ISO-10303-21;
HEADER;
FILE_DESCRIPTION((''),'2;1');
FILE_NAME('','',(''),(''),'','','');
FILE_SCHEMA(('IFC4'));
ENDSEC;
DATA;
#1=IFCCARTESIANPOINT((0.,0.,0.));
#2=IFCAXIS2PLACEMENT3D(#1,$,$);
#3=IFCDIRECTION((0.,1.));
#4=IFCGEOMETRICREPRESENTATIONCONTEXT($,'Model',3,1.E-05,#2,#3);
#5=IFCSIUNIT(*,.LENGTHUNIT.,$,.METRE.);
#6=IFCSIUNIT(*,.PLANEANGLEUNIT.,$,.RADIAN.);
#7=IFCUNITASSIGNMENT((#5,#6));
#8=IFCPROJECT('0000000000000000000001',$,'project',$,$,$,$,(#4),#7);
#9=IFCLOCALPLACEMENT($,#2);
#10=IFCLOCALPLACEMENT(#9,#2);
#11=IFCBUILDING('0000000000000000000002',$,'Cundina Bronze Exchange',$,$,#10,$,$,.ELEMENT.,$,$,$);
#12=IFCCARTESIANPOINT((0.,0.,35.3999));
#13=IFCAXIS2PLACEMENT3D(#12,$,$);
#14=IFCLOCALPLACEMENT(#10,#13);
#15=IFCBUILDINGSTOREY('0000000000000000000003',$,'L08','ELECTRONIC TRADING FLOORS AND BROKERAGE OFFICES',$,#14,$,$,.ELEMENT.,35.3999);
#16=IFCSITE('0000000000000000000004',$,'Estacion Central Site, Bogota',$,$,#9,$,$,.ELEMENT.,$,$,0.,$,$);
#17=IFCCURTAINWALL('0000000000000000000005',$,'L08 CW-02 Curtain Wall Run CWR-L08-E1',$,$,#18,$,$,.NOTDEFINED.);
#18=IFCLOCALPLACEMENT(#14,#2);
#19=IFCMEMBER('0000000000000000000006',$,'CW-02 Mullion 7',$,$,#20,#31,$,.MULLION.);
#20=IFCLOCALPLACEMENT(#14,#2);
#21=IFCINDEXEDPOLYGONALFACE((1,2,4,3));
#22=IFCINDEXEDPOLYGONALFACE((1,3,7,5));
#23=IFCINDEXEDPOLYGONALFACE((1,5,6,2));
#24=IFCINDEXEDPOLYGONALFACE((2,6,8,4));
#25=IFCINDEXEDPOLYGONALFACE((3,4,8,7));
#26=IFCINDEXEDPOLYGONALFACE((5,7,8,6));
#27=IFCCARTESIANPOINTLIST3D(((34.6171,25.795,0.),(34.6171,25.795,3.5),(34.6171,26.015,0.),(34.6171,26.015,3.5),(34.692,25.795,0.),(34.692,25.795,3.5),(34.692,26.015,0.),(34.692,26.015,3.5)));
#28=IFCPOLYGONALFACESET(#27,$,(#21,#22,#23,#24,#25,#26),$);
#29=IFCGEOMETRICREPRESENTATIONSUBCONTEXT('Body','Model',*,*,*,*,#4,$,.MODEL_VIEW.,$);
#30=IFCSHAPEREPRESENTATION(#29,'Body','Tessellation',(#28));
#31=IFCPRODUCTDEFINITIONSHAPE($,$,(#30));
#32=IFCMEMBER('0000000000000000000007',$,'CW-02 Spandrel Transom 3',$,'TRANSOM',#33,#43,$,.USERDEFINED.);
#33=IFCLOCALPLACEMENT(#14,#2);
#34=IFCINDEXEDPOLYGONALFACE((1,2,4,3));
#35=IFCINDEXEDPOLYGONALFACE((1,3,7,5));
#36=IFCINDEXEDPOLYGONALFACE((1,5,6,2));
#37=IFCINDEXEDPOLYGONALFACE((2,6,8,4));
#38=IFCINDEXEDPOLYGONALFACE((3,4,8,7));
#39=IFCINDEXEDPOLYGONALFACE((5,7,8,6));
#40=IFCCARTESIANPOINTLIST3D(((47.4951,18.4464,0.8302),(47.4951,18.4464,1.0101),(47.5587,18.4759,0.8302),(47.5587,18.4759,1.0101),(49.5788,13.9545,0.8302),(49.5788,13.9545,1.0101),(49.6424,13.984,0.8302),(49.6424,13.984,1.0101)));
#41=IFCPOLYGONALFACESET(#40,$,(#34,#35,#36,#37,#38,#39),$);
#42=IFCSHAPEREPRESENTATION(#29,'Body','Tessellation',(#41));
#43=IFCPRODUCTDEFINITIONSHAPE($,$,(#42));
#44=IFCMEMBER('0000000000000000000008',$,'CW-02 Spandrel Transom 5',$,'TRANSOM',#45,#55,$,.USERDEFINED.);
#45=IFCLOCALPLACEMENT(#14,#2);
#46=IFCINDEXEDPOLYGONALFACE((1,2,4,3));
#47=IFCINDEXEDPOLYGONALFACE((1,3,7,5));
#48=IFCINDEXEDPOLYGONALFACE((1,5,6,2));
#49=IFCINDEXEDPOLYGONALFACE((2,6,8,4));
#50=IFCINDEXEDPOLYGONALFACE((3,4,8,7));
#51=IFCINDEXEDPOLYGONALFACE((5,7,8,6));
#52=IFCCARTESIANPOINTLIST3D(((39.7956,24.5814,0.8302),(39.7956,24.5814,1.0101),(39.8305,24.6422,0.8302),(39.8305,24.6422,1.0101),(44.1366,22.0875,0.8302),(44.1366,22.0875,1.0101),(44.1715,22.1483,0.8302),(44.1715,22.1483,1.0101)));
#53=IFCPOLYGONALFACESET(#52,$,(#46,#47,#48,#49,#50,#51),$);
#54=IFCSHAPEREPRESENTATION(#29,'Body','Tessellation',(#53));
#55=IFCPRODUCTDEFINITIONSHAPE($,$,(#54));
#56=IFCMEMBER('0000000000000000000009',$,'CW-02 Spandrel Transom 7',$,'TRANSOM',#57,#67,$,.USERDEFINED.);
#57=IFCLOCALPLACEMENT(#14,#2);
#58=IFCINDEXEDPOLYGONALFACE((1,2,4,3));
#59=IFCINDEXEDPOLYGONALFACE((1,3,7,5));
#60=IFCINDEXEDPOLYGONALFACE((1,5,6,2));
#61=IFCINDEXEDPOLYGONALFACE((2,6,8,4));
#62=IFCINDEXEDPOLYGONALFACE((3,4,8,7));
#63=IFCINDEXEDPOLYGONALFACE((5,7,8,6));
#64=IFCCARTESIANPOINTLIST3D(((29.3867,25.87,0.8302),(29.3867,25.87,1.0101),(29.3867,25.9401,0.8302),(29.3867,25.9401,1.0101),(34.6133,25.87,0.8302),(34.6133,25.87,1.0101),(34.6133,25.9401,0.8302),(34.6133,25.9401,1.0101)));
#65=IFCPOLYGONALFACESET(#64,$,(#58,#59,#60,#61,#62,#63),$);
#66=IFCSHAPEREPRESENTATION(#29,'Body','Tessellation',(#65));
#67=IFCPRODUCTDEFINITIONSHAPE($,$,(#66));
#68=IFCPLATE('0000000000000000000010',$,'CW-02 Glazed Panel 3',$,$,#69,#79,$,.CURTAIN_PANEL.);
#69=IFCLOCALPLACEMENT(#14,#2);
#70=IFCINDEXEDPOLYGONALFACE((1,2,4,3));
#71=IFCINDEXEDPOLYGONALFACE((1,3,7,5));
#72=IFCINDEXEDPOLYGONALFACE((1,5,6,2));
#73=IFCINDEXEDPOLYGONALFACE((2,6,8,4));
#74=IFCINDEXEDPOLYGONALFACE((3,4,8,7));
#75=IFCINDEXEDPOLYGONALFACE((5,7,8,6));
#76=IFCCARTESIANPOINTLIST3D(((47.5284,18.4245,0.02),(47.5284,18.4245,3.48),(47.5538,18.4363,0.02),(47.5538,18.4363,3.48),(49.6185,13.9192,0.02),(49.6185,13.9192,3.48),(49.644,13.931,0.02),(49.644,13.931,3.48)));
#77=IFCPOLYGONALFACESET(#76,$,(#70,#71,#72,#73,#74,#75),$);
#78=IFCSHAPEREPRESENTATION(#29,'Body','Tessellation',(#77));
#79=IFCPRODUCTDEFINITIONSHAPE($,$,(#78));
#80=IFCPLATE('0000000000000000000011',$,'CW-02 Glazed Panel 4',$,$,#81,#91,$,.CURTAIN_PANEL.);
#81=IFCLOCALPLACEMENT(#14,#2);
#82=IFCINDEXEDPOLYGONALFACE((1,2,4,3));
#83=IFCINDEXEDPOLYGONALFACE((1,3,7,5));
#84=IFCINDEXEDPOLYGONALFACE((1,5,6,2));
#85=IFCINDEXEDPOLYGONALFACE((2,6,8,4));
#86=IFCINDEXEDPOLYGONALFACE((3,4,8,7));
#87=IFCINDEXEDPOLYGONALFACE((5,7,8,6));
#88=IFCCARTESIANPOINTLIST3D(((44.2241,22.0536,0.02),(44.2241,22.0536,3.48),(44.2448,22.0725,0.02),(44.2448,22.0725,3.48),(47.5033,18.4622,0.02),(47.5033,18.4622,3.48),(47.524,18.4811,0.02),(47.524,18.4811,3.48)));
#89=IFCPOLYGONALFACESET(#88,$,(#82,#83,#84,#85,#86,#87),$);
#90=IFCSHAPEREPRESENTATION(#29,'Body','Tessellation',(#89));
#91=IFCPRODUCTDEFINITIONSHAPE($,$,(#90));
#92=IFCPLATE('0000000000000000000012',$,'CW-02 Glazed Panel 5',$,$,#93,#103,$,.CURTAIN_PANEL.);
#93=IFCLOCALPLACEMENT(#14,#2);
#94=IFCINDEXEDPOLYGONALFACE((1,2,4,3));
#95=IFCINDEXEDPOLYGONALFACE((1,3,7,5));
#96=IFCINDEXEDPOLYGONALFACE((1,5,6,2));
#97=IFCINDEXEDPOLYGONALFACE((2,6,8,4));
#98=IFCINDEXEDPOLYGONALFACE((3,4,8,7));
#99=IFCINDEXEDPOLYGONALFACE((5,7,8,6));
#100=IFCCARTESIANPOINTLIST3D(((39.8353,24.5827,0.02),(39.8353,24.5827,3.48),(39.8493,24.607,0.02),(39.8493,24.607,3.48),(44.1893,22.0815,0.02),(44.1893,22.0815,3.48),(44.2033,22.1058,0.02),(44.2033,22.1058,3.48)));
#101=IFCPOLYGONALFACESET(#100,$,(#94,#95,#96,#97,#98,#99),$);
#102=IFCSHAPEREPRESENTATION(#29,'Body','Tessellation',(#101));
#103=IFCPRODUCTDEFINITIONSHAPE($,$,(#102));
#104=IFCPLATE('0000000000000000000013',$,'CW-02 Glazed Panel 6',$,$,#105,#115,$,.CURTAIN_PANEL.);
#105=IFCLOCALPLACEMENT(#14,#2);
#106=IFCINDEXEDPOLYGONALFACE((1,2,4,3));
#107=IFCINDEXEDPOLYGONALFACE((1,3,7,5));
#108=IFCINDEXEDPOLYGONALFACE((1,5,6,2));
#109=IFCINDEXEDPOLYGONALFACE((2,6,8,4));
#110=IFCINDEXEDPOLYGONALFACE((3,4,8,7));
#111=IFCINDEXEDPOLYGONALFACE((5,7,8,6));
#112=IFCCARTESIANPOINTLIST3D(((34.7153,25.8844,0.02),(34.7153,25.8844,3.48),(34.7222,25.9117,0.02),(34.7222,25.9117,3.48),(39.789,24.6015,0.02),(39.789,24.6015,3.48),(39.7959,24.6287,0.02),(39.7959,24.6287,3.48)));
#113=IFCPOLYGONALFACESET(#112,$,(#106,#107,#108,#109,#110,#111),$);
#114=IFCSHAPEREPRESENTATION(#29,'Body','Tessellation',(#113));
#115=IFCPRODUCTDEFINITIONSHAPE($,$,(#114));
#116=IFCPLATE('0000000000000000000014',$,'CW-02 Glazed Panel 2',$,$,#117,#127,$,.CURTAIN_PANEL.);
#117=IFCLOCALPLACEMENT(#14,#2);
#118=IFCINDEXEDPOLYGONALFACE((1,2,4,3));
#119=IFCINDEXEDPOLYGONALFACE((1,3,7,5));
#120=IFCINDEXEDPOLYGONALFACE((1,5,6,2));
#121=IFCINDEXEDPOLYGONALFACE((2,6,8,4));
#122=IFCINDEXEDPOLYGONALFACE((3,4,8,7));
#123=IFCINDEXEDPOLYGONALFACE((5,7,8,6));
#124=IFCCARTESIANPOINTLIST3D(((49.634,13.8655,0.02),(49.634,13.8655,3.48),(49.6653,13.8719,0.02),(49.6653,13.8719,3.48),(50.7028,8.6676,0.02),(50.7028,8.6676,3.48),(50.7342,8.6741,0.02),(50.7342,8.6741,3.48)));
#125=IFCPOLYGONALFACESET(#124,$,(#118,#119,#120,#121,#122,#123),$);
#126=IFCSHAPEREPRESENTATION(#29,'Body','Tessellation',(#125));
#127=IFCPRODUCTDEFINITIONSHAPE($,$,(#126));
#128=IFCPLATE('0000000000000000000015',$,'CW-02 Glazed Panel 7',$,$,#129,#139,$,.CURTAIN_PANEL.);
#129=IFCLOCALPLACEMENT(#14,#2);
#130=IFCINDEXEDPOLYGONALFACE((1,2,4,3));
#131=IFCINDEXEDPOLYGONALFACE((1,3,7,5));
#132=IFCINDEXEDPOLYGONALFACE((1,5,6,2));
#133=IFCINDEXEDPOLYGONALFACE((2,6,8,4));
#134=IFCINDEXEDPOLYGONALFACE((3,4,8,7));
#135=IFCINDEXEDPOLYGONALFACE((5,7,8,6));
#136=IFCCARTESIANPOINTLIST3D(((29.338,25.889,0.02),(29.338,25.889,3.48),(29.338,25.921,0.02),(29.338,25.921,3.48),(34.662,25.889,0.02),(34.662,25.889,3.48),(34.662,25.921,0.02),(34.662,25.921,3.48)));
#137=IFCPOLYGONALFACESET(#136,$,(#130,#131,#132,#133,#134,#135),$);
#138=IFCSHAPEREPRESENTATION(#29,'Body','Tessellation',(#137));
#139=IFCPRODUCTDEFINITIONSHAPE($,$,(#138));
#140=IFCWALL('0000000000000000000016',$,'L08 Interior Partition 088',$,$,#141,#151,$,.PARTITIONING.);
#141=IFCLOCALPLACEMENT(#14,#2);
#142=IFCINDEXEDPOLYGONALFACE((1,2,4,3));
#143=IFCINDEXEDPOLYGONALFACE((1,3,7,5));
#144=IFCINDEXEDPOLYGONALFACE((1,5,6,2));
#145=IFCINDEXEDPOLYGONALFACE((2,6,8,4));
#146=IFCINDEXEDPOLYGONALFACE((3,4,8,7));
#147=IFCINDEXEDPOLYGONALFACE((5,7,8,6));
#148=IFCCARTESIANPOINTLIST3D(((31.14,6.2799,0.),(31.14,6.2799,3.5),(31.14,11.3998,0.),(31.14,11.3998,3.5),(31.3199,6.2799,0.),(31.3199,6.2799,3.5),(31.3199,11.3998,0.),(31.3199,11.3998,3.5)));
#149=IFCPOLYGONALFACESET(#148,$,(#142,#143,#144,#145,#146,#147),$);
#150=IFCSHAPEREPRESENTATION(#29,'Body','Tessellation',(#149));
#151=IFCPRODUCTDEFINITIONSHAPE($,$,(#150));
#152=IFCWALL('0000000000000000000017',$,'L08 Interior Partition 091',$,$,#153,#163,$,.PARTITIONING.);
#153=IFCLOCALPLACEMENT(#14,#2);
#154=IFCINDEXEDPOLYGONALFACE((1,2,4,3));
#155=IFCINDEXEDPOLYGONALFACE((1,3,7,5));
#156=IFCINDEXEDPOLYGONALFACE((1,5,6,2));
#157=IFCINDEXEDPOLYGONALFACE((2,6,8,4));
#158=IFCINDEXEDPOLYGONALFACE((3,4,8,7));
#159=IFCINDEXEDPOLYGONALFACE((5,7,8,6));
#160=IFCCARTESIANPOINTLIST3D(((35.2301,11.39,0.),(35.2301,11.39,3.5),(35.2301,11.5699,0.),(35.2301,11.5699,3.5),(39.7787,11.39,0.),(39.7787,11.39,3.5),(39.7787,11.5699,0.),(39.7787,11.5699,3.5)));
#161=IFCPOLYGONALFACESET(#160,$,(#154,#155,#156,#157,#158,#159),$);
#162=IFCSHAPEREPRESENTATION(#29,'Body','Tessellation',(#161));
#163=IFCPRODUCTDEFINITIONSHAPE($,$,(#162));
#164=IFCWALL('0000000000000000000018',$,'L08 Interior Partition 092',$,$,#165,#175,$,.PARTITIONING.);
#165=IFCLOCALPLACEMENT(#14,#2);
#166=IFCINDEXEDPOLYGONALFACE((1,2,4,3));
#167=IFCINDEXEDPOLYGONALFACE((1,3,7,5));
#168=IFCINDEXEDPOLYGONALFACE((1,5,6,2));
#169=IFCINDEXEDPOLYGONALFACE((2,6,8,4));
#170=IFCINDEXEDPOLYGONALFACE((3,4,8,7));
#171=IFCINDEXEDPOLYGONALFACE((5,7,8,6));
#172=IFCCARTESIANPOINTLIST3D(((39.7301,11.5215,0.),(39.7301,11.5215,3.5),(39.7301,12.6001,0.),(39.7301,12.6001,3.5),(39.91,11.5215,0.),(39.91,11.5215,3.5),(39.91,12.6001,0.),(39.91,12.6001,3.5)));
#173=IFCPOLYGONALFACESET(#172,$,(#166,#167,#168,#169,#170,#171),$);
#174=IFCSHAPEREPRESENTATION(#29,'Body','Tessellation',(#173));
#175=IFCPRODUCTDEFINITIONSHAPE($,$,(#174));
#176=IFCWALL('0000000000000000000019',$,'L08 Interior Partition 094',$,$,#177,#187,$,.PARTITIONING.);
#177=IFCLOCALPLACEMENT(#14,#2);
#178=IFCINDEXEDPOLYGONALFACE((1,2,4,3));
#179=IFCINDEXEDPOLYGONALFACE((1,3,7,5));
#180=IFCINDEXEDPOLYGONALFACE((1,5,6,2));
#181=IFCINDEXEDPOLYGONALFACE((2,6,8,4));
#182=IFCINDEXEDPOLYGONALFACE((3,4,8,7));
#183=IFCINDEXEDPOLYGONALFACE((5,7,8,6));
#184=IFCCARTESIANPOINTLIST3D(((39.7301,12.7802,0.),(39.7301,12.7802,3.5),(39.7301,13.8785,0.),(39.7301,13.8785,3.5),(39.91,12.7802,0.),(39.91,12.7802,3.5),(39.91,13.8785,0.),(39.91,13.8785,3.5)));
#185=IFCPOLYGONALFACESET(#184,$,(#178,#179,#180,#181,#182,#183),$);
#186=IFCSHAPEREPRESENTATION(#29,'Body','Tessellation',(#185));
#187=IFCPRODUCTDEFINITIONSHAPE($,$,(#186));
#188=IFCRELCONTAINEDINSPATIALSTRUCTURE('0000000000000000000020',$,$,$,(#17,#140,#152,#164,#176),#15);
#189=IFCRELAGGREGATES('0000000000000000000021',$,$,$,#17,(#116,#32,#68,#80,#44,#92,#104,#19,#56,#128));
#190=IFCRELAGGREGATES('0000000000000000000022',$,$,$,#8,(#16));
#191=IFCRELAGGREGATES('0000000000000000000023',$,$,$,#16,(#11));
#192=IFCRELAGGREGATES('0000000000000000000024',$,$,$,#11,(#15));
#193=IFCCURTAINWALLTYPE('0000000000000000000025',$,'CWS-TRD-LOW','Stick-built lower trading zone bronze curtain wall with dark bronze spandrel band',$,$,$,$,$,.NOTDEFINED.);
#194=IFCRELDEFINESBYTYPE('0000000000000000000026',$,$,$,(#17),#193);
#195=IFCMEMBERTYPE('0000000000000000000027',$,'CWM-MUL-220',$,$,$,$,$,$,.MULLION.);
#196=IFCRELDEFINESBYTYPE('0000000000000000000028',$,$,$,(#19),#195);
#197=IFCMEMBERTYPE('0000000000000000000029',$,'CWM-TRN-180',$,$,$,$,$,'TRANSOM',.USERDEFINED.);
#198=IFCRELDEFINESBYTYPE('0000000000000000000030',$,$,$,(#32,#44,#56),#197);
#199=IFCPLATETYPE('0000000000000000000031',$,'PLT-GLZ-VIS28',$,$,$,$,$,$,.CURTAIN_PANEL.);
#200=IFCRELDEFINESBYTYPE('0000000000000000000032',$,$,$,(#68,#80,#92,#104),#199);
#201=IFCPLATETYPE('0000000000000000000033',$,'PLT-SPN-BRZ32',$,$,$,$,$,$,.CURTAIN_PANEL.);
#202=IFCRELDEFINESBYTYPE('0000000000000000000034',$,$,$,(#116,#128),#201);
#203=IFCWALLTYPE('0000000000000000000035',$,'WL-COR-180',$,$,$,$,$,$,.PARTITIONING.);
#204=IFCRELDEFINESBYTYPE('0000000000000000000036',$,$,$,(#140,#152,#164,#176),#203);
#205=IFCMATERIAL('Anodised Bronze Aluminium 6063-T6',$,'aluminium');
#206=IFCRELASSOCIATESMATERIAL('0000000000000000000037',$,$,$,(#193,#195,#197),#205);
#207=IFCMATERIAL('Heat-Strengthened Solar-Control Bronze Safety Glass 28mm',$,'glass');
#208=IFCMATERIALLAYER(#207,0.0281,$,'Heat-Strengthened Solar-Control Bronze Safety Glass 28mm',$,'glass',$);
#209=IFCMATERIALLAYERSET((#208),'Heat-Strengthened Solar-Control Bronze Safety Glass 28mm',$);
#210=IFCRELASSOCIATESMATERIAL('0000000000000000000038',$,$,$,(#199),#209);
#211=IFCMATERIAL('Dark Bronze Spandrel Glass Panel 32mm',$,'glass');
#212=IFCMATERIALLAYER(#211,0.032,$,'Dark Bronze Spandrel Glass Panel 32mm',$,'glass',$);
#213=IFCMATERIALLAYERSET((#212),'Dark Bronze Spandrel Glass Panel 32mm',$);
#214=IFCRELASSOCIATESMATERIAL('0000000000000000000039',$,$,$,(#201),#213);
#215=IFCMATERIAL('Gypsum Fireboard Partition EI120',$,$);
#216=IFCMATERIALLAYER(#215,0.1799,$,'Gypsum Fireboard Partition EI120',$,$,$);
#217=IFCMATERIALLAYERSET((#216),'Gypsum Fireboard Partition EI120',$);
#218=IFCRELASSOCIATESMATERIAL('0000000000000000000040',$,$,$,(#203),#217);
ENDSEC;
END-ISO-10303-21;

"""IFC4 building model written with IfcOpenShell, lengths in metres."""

from ifc_helpers import new_model, si_unit, direction, frame, frame_2d, origin, origin_2d, place, context, subcontext, project, spatial, rectangle, extrude, material, layer, layer_set, material_profile, profile_set, type_object, element, aggregate, save


model = new_model("IFC4")

# Units and contexts
model_context = context("Model", 3, precision=1e-05, world=origin(), true_north=direction((0.0, 1.0)))
body_context = subcontext(model_context, "Body", "Model", "MODEL_VIEW")
ifc_project = project(units=[si_unit("LENGTHUNIT", "METRE"), si_unit("PLANEANGLEUNIT", "RADIAN")], contexts=[model_context])

# Site, building, storey
site_placement = place(None, origin())
site = spatial("IfcSite", under=ifc_project, at=site_placement, Name="Estacion Central Site, Bogota", CompositionType="ELEMENT", RefElevation=0.0)
building_placement = place(site_placement, origin())
building = spatial("IfcBuilding", under=site, at=building_placement, Name="Cundina Bronze Exchange", CompositionType="ELEMENT")
storey_placement = place(building_placement, frame((0.0, 0.0, 35.3999)))
storey = spatial("IfcBuildingStorey", under=building, at=storey_placement, Name="L08", Description="ELECTRONIC TRADING FLOORS AND BROKERAGE OFFICES", CompositionType="ELEMENT", Elevation=35.3999)

# Curtain wall, members, plates
ifc_material_1 = material(Name="Anodised Bronze Aluminium 6063-T6", Category="aluminium")
curtain_wall_type = type_object("IfcCurtainWallType", Name="CWS-TRD-LOW", Description="Stick-built lower trading zone bronze curtain wall with dark bronze spandrel band", PredefinedType="NOTDEFINED", material=ifc_material_1)
curtain_wall_placement = place(storey_placement, origin())
curtain_wall = element("IfcCurtainWall", 1, at=curtain_wall_placement, inside=storey, type_object=curtain_wall_type, Name="L08 CW-02 Curtain Wall Run CWR-L08-E1", PredefinedType="NOTDEFINED")
ifc_material_profile_1 = material_profile(ifc_material_1, rectangle(XDim=0.075, YDim=0.22, at=origin_2d()), Name="AL75X220", Category="aluminium")
ifc_profile_set_1 = profile_set([ifc_material_profile_1], Name="Anodised Bronze Aluminium 6063-T6")
member_type_1 = type_object("IfcMemberType", Name="CWM-MUL-220", PredefinedType="MULLION", material=ifc_profile_set_1)
member_1_placement = place(storey_placement, frame((34.6545, 25.905, 0.0), z_axis=(0.0, 0.0, 1.0), x_axis=(-1.0, 0.0, 0.0)))
member_1 = element("IfcMember", 2, at=member_1_placement, type_object=member_type_1, Name="CW-02 Mullion 7", PredefinedType="MULLION", context=body_context, shape_type="SweptSolid", body=[
    extrude(rectangle(XDim=0.075, YDim=0.22, at=origin_2d()), origin(), (0.0, 0.0, 1.0), 3.5),
])
ifc_material_profile_2 = material_profile(ifc_material_1, rectangle(XDim=0.0701, YDim=0.1799, at=origin_2d()), Name="AL70X180", Category="aluminium")
ifc_profile_set_2 = profile_set([ifc_material_profile_2], Name="Anodised Bronze Aluminium 6063-T6")
member_type_2 = type_object("IfcMemberType", Name="CWM-TRN-180", ElementType="TRANSOM", PredefinedType="USERDEFINED", material=ifc_profile_set_2)
member_2_placement = place(storey_placement, frame((49.6106, 13.9692, 0.9202), z_axis=(-0.420811, 0.907148, 0.0), x_axis=(-0.907148, -0.420811, 0.0)))
member_2 = element("IfcMember", 3, at=member_2_placement, type_object=member_type_2, Name="CW-02 Spandrel Transom 3", ObjectType="TRANSOM", PredefinedType="USERDEFINED", context=body_context, shape_type="SweptSolid", body=[
    extrude(rectangle(XDim=0.0701, YDim=0.1799, at=origin_2d()), origin(), (0.0, 0.0, 1.0), 4.9517),
])
member_3_placement = place(storey_placement, frame((44.1541, 22.1179, 0.9202), z_axis=(-0.867097, 0.498139, 0.0), x_axis=(-0.498139, -0.867097, 0.0)))
member_3 = element("IfcMember", 4, at=member_3_placement, type_object=member_type_2, Name="CW-02 Spandrel Transom 5", ObjectType="TRANSOM", PredefinedType="USERDEFINED", context=body_context, shape_type="SweptSolid", body=[
    extrude(rectangle(XDim=0.0701, YDim=0.1799, at=origin_2d()), origin(), (0.0, 0.0, 1.0), 5.0063),
])
member_4_placement = place(storey_placement, frame((34.6133, 25.905, 0.9202), z_axis=(-1.0, 0.0, 0.0), x_axis=(0.0, -1.0, 0.0)))
member_4 = element("IfcMember", 5, at=member_4_placement, type_object=member_type_2, Name="CW-02 Spandrel Transom 7", ObjectType="TRANSOM", PredefinedType="USERDEFINED", context=body_context, shape_type="SweptSolid", body=[
    extrude(rectangle(XDim=0.0701, YDim=0.1799, at=origin_2d()), origin(), (0.0, 0.0, 1.0), 5.2266),
])
ifc_material_2 = material(Name="Heat-Strengthened Solar-Control Bronze Safety Glass 28mm", Category="glass")
ifc_layer_1 = layer(ifc_material_2, 0.0281, Name="Heat-Strengthened Solar-Control Bronze Safety Glass 28mm", Category="glass")
ifc_layer_set_1 = layer_set([ifc_layer_1], Name="Heat-Strengthened Solar-Control Bronze Safety Glass 28mm")
plate_type_1 = type_object("IfcPlateType", Name="PLT-GLZ-VIS28", PredefinedType="CURTAIN_PANEL", material=ifc_layer_set_1)
plate_1_placement = place(storey_placement, frame((48.5862, 16.1777, 0.02), z_axis=(0.0, 0.0, 1.0), x_axis=(-0.420846, 0.907132, 0.0)))
plate_1 = element("IfcPlate", 6, at=plate_1_placement, type_object=plate_type_1, Name="CW-02 Glazed Panel 3", PredefinedType="CURTAIN_PANEL", context=body_context, shape_type="SweptSolid", body=[
    extrude(rectangle(XDim=4.9666, YDim=0.0281, at=origin_2d()), origin(), (0.0, 0.0, 1.0), 3.46),
])
plate_2_placement = place(storey_placement, frame((45.874, 20.2673, 0.02), z_axis=(0.0, 0.0, 1.0), x_axis=(-0.674277, 0.738479, 0.0)))
plate_2 = element("IfcPlate", 7, at=plate_2_placement, type_object=plate_type_1, Name="CW-02 Glazed Panel 4", PredefinedType="CURTAIN_PANEL", context=body_context, shape_type="SweptSolid", body=[
    extrude(rectangle(XDim=4.8633, YDim=0.0281, at=origin_2d()), origin(), (0.0, 0.0, 1.0), 3.46),
])
plate_3_placement = place(storey_placement, frame((42.0193, 23.3442, 0.02), z_axis=(0.0, 0.0, 1.0), x_axis=(-0.867105, 0.498125, 0.0)))
plate_3 = element("IfcPlate", 8, at=plate_3_placement, type_object=plate_type_1, Name="CW-02 Glazed Panel 5", PredefinedType="CURTAIN_PANEL", context=body_context, shape_type="SweptSolid", body=[
    extrude(rectangle(XDim=5.0212, YDim=0.0281, at=origin_2d()), origin(), (0.0, 0.0, 1.0), 3.46),
])
plate_4_placement = place(storey_placement, frame((37.2556, 25.2566, 0.02), z_axis=(0.0, 0.0, 1.0), x_axis=(-0.969488, 0.245138, 0.0)))
plate_4 = element("IfcPlate", 9, at=plate_4_placement, type_object=plate_type_1, Name="CW-02 Glazed Panel 6", PredefinedType="CURTAIN_PANEL", context=body_context, shape_type="SweptSolid", body=[
    extrude(rectangle(XDim=5.2334, YDim=0.0281, at=origin_2d()), origin(), (0.0, 0.0, 1.0), 3.46),
])
ifc_material_3 = material(Name="Dark Bronze Spandrel Glass Panel 32mm", Category="glass")
ifc_layer_2 = layer(ifc_material_3, 0.032, Name="Dark Bronze Spandrel Glass Panel 32mm", Category="glass")
ifc_layer_set_2 = layer_set([ifc_layer_2], Name="Dark Bronze Spandrel Glass Panel 32mm")
plate_type_2 = type_object("IfcPlateType", Name="PLT-SPN-BRZ32", PredefinedType="CURTAIN_PANEL", material=ifc_layer_set_2)
plate_5_placement = place(storey_placement, frame((50.1841, 11.2698, 0.02), z_axis=(0.0, 0.0, 1.0), x_axis=(-0.20142, 0.979505, 0.0)))
plate_5 = element("IfcPlate", 10, at=plate_5_placement, type_object=plate_type_2, Name="CW-02 Glazed Panel 2", PredefinedType="CURTAIN_PANEL", context=body_context, shape_type="SweptSolid", body=[
    extrude(rectangle(XDim=5.3066, YDim=0.032, at=origin_2d()), origin(), (0.0, 0.0, 1.0), 3.46),
])
plate_6_placement = place(storey_placement, frame((32.0, 25.905, 0.02), z_axis=(0.0, 0.0, 1.0), x_axis=(-1.0, 0.0, 0.0)))
plate_6 = element("IfcPlate", 11, at=plate_6_placement, type_object=plate_type_2, Name="CW-02 Glazed Panel 7", PredefinedType="CURTAIN_PANEL", context=body_context, shape_type="SweptSolid", body=[
    extrude(rectangle(XDim=5.324, YDim=0.032, at=origin_2d()), origin(), (0.0, 0.0, 1.0), 3.46),
])
aggregate(curtain_wall, [plate_5, member_2, plate_1, plate_2, member_3, plate_3, plate_4, member_1, member_4, plate_6])

# Walls
ifc_material_4 = material(Name="Gypsum Fireboard Partition EI120")
ifc_layer_3 = layer(ifc_material_4, 0.1799, Name="Gypsum Fireboard Partition EI120")
ifc_layer_set_3 = layer_set([ifc_layer_3], Name="Gypsum Fireboard Partition EI120")
wall_type_1 = type_object("IfcWallType", Name="WL-COR-180", PredefinedType="PARTITIONING", material=ifc_layer_set_3)
wall_1_placement = place(storey_placement, frame((31.23, 11.3999, 0.0), z_axis=(0.0, 0.0, 1.0), x_axis=(0.0, -1.0, 0.0)))
element("IfcWall", 12, at=wall_1_placement, inside=storey, type_object=wall_type_1, Name="L08 Interior Partition 088", PredefinedType="PARTITIONING", context=body_context, shape_type="SweptSolid", body=[
    extrude(rectangle(XDim=5.1199, YDim=0.1799, at=frame_2d((2.5601, 0.0))), origin(), (0.0, 0.0, 1.0), 3.5),
])
wall_2_placement = place(storey_placement, frame((35.23, 11.48, 0.0), z_axis=(0.0, 0.0, 1.0), x_axis=(1.0, 0.0, 0.0)))
element("IfcWall", 13, at=wall_2_placement, inside=storey, type_object=wall_type_1, Name="L08 Interior Partition 091", PredefinedType="PARTITIONING", context=body_context, shape_type="SweptSolid", body=[
    extrude(rectangle(XDim=4.5486, YDim=0.1799, at=frame_2d((2.2744, 0.0))), origin(), (0.0, 0.0, 1.0), 3.5),
])
wall_3_placement = place(storey_placement, frame((39.8201, 11.5215, 0.0), z_axis=(0.0, 0.0, 1.0), x_axis=(0.0, 1.0, 0.0)))
element("IfcWall", 14, at=wall_3_placement, inside=storey, type_object=wall_type_1, Name="L08 Interior Partition 092", PredefinedType="PARTITIONING", context=body_context, shape_type="SweptSolid", body=[
    extrude(rectangle(XDim=1.0786, YDim=0.1799, at=frame_2d((0.5393, 0.0))), origin(), (0.0, 0.0, 1.0), 3.5),
])

# Wall
wall_4_placement = place(storey_placement, frame((39.8201, 12.78, 0.0), z_axis=(0.0, 0.0, 1.0), x_axis=(0.0, 1.0, 0.0)))
element("IfcWall", 15, at=wall_4_placement, inside=storey, type_object=wall_type_1, Name="L08 Interior Partition 094", PredefinedType="PARTITIONING", context=body_context, shape_type="SweptSolid", body=[
    extrude(rectangle(XDim=1.0984, YDim=0.1799, at=frame_2d((0.5493, 0.0))), origin(), (0.0, 0.0, 1.0), 3.5),
])

save(model, "model.ifc")
